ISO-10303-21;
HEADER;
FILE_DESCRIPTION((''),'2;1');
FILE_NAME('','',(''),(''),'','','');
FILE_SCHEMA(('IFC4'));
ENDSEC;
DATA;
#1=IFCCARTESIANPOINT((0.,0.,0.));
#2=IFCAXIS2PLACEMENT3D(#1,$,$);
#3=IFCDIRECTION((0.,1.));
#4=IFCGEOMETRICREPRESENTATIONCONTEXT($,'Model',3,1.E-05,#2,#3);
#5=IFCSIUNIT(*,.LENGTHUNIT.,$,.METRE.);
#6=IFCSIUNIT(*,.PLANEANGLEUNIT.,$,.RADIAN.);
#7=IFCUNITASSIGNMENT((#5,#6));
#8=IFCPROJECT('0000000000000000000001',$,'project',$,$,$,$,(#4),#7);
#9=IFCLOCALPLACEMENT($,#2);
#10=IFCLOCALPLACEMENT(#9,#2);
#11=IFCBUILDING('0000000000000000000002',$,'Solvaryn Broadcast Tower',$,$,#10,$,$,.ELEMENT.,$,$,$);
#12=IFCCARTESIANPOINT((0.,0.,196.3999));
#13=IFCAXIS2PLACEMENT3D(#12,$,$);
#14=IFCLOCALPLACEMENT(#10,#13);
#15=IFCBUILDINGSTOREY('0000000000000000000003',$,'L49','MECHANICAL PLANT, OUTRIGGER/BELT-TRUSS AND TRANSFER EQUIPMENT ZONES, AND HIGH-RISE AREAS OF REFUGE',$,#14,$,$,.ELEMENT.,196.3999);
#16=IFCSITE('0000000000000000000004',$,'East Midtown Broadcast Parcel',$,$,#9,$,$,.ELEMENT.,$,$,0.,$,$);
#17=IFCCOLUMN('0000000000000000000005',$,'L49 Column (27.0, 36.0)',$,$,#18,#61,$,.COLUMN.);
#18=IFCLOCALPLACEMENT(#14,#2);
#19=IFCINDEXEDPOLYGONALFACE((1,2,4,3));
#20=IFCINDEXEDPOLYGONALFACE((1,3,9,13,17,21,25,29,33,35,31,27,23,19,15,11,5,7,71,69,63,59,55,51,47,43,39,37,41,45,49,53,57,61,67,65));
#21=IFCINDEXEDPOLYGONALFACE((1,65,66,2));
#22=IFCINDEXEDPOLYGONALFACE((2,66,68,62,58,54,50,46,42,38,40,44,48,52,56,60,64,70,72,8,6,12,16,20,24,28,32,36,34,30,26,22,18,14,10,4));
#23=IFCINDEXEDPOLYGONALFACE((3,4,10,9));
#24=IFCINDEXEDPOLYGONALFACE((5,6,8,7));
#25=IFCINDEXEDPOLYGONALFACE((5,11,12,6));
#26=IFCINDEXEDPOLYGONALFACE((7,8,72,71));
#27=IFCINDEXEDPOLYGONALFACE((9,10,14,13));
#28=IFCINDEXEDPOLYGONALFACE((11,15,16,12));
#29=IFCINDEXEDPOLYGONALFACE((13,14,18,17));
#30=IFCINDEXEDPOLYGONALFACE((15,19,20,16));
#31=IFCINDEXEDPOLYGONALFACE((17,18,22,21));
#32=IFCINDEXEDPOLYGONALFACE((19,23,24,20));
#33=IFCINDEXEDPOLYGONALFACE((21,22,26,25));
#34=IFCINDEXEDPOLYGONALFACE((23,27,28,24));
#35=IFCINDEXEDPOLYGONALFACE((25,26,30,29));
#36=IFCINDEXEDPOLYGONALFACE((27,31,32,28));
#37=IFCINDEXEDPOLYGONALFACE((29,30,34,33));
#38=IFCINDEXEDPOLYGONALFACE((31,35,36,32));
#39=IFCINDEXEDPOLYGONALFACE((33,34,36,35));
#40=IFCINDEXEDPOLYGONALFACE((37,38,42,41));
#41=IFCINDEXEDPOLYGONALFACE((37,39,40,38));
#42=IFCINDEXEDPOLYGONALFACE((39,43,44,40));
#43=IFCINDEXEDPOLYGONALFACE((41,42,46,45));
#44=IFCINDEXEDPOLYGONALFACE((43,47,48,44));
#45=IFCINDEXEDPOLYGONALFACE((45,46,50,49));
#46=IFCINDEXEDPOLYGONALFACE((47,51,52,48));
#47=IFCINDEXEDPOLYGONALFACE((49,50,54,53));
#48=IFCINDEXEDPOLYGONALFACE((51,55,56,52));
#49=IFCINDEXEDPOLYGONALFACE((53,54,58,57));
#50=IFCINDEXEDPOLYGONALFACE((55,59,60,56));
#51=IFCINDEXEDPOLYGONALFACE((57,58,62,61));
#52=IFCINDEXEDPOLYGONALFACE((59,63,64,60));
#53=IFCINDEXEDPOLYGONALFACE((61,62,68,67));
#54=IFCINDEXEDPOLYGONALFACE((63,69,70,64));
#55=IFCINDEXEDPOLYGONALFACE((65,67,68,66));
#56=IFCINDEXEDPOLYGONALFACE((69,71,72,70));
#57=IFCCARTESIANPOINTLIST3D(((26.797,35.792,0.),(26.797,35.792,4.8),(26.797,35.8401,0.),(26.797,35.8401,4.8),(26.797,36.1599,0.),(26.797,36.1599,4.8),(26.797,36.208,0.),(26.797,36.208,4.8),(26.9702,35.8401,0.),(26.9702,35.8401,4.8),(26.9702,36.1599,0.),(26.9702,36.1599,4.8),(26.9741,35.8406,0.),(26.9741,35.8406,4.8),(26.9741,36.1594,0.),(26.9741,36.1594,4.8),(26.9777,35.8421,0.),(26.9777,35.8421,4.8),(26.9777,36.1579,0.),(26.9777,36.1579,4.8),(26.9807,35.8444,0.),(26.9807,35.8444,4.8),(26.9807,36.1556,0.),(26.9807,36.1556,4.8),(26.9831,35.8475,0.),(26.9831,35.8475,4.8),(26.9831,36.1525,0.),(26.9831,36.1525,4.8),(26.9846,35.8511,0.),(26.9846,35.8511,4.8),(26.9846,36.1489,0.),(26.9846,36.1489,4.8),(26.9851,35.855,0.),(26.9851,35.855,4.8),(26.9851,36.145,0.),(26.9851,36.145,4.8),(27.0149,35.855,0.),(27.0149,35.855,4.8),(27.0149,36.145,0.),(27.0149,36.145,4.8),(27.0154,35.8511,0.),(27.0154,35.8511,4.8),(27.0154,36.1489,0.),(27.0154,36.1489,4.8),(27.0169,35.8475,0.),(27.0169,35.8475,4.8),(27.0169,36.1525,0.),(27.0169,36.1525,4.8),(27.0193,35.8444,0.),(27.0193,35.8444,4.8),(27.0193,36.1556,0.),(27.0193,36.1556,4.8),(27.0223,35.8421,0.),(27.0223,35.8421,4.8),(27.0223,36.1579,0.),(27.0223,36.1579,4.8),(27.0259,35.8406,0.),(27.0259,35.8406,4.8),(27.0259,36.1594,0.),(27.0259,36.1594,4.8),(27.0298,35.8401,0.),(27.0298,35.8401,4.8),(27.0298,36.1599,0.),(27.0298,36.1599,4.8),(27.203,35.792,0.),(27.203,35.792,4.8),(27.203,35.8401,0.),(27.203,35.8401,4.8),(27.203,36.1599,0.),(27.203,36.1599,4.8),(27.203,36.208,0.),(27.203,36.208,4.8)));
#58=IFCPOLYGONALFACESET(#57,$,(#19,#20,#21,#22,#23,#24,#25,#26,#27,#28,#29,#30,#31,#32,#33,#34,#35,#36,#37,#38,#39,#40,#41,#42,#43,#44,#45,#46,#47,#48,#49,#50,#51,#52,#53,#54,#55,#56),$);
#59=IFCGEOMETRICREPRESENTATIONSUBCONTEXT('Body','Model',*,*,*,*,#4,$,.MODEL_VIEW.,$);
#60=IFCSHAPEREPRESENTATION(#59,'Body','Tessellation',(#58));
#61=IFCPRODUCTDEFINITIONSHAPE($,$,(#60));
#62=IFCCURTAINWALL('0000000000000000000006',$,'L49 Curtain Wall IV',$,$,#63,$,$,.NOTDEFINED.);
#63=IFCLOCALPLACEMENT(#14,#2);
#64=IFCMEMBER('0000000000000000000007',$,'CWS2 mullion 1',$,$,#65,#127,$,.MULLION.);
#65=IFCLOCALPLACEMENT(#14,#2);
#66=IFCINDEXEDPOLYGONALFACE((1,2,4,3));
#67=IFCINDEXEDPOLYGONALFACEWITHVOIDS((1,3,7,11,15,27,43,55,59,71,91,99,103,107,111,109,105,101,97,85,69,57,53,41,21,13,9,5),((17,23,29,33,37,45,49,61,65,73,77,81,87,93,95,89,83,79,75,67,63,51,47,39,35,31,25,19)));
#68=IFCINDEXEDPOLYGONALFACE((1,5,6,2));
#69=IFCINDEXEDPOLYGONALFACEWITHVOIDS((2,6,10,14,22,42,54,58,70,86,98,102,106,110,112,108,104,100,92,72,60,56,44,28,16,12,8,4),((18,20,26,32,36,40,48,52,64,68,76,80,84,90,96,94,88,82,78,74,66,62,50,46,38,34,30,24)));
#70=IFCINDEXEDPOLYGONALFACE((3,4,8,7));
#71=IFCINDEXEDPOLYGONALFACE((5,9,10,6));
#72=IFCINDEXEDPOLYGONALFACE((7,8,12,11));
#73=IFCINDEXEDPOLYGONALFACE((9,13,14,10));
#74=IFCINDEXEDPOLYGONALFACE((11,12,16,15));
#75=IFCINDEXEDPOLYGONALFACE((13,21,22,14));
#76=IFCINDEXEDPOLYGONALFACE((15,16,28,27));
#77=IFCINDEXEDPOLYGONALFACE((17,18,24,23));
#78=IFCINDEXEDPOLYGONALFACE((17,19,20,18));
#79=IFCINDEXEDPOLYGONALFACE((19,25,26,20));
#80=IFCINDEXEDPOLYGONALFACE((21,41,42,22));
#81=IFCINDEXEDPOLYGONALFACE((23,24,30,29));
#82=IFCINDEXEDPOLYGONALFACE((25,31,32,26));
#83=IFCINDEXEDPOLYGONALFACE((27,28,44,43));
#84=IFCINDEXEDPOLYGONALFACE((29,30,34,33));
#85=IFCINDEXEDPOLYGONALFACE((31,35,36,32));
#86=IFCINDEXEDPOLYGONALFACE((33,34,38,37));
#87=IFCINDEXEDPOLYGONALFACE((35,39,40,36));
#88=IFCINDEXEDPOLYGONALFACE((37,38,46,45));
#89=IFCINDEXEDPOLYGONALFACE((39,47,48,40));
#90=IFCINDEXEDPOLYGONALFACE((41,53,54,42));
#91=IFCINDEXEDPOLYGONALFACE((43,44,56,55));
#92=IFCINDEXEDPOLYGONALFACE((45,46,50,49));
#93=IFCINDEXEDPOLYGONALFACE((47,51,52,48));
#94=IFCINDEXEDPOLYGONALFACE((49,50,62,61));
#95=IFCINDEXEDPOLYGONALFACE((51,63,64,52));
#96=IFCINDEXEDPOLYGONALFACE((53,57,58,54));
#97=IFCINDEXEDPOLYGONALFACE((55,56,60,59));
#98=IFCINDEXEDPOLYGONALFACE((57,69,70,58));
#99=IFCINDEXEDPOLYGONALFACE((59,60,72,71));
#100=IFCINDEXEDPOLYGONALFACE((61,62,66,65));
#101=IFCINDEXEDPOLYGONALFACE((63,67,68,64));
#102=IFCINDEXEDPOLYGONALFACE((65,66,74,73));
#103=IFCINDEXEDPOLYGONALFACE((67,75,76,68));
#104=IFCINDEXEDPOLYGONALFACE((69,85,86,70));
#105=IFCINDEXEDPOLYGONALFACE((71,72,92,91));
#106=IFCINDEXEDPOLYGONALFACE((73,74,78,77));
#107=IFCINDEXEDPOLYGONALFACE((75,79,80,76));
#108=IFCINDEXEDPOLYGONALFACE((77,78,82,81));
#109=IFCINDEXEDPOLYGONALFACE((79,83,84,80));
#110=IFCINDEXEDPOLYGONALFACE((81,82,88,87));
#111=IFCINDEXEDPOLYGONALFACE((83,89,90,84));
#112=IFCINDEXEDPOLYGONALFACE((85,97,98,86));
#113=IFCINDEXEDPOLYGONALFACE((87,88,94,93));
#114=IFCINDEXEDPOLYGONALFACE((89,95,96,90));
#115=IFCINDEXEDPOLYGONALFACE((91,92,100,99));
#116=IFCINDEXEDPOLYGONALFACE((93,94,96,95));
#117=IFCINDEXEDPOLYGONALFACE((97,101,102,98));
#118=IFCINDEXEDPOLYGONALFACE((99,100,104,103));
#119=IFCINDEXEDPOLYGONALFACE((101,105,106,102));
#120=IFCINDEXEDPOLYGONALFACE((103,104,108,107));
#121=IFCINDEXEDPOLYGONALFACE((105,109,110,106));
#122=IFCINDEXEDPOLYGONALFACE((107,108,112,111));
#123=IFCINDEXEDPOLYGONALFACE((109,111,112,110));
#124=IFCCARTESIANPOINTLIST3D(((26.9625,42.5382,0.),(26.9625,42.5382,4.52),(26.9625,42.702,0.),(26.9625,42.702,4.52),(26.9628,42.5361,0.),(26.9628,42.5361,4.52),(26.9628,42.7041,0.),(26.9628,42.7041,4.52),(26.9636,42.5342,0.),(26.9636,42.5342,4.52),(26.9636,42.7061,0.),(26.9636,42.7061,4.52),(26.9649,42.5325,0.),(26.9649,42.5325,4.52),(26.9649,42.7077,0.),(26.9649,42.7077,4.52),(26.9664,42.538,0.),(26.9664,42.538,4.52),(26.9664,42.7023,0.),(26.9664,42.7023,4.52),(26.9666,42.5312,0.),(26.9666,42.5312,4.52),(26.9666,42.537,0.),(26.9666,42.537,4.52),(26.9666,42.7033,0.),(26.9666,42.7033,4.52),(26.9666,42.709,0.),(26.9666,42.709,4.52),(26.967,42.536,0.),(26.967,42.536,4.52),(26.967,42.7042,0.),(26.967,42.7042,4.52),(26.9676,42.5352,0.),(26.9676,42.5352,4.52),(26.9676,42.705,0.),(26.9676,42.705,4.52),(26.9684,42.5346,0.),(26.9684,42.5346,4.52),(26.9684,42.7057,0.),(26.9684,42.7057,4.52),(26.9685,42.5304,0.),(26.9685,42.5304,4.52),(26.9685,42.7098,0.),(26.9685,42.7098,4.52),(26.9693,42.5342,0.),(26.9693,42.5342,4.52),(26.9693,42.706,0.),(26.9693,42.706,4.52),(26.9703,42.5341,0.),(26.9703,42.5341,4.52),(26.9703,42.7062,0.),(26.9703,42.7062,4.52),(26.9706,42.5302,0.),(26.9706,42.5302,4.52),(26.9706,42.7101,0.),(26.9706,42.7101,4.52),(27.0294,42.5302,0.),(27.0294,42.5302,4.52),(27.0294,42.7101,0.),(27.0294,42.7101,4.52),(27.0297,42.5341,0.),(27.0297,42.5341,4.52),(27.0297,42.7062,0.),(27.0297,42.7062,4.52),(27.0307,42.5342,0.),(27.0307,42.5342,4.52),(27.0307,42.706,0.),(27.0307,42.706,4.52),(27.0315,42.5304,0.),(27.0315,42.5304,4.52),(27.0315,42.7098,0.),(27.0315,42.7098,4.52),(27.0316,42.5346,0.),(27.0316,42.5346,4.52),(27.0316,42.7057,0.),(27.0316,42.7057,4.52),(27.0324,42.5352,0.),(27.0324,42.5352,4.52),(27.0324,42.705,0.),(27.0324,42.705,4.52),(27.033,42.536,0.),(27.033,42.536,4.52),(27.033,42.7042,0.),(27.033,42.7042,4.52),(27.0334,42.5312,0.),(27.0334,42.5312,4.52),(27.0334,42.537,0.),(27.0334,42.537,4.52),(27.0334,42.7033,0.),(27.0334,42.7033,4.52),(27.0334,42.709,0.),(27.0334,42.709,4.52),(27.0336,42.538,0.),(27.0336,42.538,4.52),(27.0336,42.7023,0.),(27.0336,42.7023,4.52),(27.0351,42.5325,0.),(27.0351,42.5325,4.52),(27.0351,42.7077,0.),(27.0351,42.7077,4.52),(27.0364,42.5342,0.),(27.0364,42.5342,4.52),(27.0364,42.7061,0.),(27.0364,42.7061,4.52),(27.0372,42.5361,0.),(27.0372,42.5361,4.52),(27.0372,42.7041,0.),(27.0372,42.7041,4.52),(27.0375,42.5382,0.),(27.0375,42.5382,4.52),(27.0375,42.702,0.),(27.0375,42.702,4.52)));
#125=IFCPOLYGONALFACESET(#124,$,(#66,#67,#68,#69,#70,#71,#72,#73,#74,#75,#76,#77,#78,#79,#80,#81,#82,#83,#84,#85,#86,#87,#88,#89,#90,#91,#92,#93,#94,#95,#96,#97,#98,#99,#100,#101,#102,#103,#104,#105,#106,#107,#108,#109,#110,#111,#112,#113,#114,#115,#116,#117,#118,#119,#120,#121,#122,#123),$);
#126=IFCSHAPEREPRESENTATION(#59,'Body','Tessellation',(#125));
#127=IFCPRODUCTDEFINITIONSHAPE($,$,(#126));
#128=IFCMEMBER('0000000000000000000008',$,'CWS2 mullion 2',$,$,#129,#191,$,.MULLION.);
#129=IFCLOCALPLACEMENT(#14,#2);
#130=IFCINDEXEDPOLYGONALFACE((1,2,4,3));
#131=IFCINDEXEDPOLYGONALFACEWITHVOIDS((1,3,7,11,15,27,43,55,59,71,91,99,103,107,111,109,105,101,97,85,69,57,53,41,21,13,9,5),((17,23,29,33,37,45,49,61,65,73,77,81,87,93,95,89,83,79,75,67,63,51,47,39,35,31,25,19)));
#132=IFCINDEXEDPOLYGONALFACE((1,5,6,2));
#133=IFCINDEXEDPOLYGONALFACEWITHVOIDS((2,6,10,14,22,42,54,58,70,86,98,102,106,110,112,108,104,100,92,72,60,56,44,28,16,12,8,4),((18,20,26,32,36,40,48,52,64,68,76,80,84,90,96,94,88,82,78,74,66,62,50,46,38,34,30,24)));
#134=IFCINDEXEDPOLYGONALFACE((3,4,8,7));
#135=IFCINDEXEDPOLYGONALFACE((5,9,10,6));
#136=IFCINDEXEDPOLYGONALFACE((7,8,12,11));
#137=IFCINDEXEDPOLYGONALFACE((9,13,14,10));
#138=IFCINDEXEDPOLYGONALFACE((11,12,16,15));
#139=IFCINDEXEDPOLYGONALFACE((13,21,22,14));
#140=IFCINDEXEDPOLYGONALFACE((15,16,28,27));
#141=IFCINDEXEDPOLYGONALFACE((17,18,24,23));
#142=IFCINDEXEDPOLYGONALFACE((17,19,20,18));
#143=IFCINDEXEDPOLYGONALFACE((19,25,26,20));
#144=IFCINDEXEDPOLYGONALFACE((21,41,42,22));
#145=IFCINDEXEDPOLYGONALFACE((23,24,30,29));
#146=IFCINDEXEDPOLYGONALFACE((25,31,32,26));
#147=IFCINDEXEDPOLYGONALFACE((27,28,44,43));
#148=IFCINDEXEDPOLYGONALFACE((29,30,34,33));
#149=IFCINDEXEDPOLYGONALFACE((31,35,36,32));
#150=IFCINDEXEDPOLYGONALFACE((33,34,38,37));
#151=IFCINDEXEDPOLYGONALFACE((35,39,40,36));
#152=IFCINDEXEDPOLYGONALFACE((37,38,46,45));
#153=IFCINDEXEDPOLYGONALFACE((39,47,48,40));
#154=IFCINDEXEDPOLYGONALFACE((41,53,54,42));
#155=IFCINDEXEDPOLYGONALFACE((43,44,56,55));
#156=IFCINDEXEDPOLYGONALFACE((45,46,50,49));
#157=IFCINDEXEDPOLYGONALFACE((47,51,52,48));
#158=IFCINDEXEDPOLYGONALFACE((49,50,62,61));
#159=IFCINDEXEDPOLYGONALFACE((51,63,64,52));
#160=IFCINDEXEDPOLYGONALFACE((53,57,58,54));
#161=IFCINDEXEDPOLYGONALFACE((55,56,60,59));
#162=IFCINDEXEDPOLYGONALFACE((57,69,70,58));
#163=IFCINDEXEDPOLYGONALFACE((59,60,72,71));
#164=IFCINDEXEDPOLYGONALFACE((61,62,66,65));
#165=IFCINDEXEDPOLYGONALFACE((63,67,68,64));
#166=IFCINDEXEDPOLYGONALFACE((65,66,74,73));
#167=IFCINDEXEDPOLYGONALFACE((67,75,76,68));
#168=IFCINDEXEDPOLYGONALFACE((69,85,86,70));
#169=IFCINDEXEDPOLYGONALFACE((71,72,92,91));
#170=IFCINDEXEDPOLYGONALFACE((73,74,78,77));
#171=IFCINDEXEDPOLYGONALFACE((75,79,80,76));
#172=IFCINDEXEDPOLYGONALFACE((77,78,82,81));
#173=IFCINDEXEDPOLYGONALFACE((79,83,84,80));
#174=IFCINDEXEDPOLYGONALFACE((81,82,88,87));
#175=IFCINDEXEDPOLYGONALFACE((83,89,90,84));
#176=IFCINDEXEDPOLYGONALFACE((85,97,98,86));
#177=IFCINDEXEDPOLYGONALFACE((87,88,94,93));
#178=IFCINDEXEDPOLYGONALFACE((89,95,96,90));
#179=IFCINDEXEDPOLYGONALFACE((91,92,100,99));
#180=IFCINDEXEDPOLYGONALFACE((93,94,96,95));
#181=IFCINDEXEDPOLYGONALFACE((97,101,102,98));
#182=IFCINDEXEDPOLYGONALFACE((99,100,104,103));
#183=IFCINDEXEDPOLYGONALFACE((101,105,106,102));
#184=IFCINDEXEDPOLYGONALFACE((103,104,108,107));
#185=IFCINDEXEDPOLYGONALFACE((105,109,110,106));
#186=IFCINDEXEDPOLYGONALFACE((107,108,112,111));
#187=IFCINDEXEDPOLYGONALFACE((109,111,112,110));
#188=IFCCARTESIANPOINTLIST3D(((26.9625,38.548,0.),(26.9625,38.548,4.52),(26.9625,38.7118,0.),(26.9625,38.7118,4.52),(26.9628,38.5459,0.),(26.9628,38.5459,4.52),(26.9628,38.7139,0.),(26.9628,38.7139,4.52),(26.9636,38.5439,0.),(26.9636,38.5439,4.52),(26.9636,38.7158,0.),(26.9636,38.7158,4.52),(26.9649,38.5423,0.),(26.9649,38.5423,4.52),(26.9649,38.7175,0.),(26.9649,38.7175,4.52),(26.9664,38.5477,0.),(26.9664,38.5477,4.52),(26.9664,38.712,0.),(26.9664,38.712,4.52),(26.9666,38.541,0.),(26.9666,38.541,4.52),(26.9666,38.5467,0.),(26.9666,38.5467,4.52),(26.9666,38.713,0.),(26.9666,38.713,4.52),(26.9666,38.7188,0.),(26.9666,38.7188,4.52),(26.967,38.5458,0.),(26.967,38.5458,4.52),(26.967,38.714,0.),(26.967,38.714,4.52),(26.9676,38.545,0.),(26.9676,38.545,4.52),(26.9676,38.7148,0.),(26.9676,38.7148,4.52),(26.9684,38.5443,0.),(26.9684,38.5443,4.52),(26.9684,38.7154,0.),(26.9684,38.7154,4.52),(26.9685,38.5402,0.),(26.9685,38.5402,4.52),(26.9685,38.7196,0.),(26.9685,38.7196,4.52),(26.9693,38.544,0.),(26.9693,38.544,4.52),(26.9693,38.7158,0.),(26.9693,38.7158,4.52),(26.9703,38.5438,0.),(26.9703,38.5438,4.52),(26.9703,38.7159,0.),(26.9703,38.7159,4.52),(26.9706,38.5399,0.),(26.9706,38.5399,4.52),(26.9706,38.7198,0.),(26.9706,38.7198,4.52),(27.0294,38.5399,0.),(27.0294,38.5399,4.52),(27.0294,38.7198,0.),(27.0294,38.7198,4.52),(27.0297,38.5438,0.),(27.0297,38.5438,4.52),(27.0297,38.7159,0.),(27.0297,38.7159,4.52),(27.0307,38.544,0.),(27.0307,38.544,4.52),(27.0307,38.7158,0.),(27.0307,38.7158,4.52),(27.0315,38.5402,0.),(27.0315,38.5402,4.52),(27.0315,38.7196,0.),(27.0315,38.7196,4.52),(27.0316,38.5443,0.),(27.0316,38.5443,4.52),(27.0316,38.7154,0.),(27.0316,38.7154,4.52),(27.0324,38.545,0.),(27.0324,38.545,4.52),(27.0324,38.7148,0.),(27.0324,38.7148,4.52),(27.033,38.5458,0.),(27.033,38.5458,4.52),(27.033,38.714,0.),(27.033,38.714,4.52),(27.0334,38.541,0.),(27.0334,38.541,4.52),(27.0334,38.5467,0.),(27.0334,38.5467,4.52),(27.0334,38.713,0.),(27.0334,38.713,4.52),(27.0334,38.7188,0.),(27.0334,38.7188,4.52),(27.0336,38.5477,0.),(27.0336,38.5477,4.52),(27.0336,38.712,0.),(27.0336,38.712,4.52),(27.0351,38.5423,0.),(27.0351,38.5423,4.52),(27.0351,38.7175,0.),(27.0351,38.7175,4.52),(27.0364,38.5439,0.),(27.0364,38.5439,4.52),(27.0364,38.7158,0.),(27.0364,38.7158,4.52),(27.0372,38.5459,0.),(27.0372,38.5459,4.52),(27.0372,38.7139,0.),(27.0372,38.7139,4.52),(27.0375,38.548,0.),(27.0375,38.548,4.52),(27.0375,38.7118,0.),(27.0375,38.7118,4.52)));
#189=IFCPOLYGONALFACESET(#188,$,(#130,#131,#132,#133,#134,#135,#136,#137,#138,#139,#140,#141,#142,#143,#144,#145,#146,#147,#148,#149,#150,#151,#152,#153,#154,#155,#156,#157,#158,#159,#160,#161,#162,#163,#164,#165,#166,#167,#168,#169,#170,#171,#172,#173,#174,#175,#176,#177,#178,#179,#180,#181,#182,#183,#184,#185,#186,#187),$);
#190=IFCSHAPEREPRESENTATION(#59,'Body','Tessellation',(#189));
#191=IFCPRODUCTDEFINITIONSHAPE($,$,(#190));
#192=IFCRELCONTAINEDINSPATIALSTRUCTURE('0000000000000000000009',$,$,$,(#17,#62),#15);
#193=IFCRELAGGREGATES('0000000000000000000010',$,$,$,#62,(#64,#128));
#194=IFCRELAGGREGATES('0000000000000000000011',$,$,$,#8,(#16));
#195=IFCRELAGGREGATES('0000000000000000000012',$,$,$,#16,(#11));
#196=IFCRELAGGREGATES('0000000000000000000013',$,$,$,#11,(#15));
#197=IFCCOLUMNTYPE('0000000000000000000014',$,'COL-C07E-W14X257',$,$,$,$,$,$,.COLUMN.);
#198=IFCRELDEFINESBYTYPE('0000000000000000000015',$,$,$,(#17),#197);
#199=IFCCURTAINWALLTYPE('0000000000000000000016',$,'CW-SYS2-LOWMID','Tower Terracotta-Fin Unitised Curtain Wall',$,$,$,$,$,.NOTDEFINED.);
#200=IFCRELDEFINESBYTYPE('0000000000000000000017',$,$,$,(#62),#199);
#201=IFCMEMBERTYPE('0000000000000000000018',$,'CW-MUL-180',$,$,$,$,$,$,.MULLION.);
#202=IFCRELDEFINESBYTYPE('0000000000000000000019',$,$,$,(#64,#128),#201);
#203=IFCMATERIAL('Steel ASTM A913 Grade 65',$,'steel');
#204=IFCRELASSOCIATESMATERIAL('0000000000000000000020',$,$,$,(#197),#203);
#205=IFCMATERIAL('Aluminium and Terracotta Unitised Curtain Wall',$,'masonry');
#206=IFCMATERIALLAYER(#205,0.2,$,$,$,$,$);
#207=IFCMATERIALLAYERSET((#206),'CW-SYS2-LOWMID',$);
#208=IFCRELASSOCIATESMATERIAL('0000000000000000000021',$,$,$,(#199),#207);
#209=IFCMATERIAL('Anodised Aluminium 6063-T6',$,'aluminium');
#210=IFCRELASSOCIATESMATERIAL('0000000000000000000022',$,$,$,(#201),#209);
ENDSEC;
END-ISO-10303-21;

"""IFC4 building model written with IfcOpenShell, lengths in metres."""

from ifc_helpers import new_model, si_unit, direction, frame, origin, origin_2d, place, context, subcontext, project, spatial, hollow_rectangle, i_section, extrude, material, layer, layer_set, material_profile, profile_set, type_object, element, aggregate, save


model = new_model("IFC4")

# Units and contexts
model_context = context("Model", 3, precision=1e-05, world=origin(), true_north=direction((0.0, 1.0)))
body_context = subcontext(model_context, "Body", "Model", "MODEL_VIEW")
ifc_project = project(units=[si_unit("LENGTHUNIT", "METRE"), si_unit("PLANEANGLEUNIT", "RADIAN")], contexts=[model_context])

# Site, building, storey
site_placement = place(None, origin())
site = spatial("IfcSite", under=ifc_project, at=site_placement, Name="East Midtown Broadcast Parcel", CompositionType="ELEMENT", RefElevation=0.0)
building_placement = place(site_placement, origin())
building = spatial("IfcBuilding", under=site, at=building_placement, Name="Solvaryn Broadcast Tower", CompositionType="ELEMENT")
storey_placement = place(building_placement, frame((0.0, 0.0, 196.3999)))
storey = spatial("IfcBuildingStorey", under=building, at=storey_placement, Name="L49", Description="MECHANICAL PLANT, OUTRIGGER/BELT-TRUSS AND TRANSFER EQUIPMENT ZONES, AND HIGH-RISE AREAS OF REFUGE", CompositionType="ELEMENT", Elevation=196.3999)

# Column
ifc_material_1 = material(Name="Steel ASTM A913 Grade 65", Category="steel")
ifc_material_profile_1 = material_profile(ifc_material_1, i_section(OverallWidth=0.406, OverallDepth=0.416, WebThickness=0.0298, FlangeThickness=0.0481, FilletRadius=0.0149, at=origin_2d()))
ifc_profile_set_1 = profile_set([ifc_material_profile_1], Name="Steel ASTM A913 Grade 65")
column_type = type_object("IfcColumnType", Name="COL-C07E-W14X257", PredefinedType="COLUMN", material=ifc_profile_set_1)
column_placement = place(storey_placement, frame((27.0, 36.0, 0.0), z_axis=(0.0, 0.0, 1.0), x_axis=(1.0, 0.0, 0.0)))
element("IfcColumn", 1, at=column_placement, inside=storey, type_object=column_type, Name="L49 Column (27.0, 36.0)", PredefinedType="COLUMN", context=body_context, shape_type="SweptSolid", body=[
    extrude(i_section(OverallWidth=0.406, OverallDepth=0.416, WebThickness=0.0298, FlangeThickness=0.0481, FilletRadius=0.0149, at=origin_2d()), origin(), (0.0, 0.0, 1.0), 4.8),
])

# Curtain wall, members
ifc_material_2 = material(Name="Aluminium and Terracotta Unitised Curtain Wall", Category="masonry")
ifc_layer_1 = layer(ifc_material_2, 0.2)
ifc_layer_set_1 = layer_set([ifc_layer_1], Name="CW-SYS2-LOWMID")
curtain_wall_type = type_object("IfcCurtainWallType", Name="CW-SYS2-LOWMID", Description="Tower Terracotta-Fin Unitised Curtain Wall", PredefinedType="NOTDEFINED", material=ifc_layer_set_1)
curtain_wall_1_placement = place(storey_placement, origin())
curtain_wall_1 = element("IfcCurtainWall", 2, at=curtain_wall_1_placement, inside=storey, type_object=curtain_wall_type, Name="L49 Curtain Wall IV", PredefinedType="NOTDEFINED")
ifc_material_3 = material(Name="Anodised Aluminium 6063-T6", Category="aluminium")
ifc_material_profile_2 = material_profile(ifc_material_3, hollow_rectangle(XDim=0.075, YDim=0.1799, WallThickness=0.0039, InnerFilletRadius=0.0039, OuterFilletRadius=0.0081, at=origin_2d()))
ifc_profile_set_2 = profile_set([ifc_material_profile_2], Name="Anodised Aluminium 6063-T6")
member_type_1 = type_object("IfcMemberType", Name="CW-MUL-180", PredefinedType="MULLION", material=ifc_profile_set_2)
member_1_placement = place(storey_placement, frame((27.0, 42.6201, 0.0), z_axis=(0.0, 0.0, 1.0), x_axis=(1.0, 0.0, 0.0)))
member_1 = element("IfcMember", 3, at=member_1_placement, type_object=member_type_1, Name="CWS2 mullion 1", PredefinedType="MULLION", context=body_context, shape_type="SweptSolid", body=[
    extrude(hollow_rectangle(XDim=0.075, YDim=0.1799, WallThickness=0.0039, InnerFilletRadius=0.0039, OuterFilletRadius=0.0081, at=origin_2d()), origin(), (0.0, 0.0, 1.0), 4.52),
])
member_2_placement = place(storey_placement, frame((27.0, 38.6299, 0.0), z_axis=(0.0, 0.0, 1.0), x_axis=(1.0, 0.0, 0.0)))
member_2 = element("IfcMember", 4, at=member_2_placement, type_object=member_type_1, Name="CWS2 mullion 2", PredefinedType="MULLION", context=body_context, shape_type="SweptSolid", body=[
    extrude(hollow_rectangle(XDim=0.075, YDim=0.1799, WallThickness=0.0039, InnerFilletRadius=0.0039, OuterFilletRadius=0.0081, at=origin_2d()), origin(), (0.0, 0.0, 1.0), 4.52),
])

aggregate(curtain_wall_1, [member_1, member_2])

save(model, "model.ifc")
